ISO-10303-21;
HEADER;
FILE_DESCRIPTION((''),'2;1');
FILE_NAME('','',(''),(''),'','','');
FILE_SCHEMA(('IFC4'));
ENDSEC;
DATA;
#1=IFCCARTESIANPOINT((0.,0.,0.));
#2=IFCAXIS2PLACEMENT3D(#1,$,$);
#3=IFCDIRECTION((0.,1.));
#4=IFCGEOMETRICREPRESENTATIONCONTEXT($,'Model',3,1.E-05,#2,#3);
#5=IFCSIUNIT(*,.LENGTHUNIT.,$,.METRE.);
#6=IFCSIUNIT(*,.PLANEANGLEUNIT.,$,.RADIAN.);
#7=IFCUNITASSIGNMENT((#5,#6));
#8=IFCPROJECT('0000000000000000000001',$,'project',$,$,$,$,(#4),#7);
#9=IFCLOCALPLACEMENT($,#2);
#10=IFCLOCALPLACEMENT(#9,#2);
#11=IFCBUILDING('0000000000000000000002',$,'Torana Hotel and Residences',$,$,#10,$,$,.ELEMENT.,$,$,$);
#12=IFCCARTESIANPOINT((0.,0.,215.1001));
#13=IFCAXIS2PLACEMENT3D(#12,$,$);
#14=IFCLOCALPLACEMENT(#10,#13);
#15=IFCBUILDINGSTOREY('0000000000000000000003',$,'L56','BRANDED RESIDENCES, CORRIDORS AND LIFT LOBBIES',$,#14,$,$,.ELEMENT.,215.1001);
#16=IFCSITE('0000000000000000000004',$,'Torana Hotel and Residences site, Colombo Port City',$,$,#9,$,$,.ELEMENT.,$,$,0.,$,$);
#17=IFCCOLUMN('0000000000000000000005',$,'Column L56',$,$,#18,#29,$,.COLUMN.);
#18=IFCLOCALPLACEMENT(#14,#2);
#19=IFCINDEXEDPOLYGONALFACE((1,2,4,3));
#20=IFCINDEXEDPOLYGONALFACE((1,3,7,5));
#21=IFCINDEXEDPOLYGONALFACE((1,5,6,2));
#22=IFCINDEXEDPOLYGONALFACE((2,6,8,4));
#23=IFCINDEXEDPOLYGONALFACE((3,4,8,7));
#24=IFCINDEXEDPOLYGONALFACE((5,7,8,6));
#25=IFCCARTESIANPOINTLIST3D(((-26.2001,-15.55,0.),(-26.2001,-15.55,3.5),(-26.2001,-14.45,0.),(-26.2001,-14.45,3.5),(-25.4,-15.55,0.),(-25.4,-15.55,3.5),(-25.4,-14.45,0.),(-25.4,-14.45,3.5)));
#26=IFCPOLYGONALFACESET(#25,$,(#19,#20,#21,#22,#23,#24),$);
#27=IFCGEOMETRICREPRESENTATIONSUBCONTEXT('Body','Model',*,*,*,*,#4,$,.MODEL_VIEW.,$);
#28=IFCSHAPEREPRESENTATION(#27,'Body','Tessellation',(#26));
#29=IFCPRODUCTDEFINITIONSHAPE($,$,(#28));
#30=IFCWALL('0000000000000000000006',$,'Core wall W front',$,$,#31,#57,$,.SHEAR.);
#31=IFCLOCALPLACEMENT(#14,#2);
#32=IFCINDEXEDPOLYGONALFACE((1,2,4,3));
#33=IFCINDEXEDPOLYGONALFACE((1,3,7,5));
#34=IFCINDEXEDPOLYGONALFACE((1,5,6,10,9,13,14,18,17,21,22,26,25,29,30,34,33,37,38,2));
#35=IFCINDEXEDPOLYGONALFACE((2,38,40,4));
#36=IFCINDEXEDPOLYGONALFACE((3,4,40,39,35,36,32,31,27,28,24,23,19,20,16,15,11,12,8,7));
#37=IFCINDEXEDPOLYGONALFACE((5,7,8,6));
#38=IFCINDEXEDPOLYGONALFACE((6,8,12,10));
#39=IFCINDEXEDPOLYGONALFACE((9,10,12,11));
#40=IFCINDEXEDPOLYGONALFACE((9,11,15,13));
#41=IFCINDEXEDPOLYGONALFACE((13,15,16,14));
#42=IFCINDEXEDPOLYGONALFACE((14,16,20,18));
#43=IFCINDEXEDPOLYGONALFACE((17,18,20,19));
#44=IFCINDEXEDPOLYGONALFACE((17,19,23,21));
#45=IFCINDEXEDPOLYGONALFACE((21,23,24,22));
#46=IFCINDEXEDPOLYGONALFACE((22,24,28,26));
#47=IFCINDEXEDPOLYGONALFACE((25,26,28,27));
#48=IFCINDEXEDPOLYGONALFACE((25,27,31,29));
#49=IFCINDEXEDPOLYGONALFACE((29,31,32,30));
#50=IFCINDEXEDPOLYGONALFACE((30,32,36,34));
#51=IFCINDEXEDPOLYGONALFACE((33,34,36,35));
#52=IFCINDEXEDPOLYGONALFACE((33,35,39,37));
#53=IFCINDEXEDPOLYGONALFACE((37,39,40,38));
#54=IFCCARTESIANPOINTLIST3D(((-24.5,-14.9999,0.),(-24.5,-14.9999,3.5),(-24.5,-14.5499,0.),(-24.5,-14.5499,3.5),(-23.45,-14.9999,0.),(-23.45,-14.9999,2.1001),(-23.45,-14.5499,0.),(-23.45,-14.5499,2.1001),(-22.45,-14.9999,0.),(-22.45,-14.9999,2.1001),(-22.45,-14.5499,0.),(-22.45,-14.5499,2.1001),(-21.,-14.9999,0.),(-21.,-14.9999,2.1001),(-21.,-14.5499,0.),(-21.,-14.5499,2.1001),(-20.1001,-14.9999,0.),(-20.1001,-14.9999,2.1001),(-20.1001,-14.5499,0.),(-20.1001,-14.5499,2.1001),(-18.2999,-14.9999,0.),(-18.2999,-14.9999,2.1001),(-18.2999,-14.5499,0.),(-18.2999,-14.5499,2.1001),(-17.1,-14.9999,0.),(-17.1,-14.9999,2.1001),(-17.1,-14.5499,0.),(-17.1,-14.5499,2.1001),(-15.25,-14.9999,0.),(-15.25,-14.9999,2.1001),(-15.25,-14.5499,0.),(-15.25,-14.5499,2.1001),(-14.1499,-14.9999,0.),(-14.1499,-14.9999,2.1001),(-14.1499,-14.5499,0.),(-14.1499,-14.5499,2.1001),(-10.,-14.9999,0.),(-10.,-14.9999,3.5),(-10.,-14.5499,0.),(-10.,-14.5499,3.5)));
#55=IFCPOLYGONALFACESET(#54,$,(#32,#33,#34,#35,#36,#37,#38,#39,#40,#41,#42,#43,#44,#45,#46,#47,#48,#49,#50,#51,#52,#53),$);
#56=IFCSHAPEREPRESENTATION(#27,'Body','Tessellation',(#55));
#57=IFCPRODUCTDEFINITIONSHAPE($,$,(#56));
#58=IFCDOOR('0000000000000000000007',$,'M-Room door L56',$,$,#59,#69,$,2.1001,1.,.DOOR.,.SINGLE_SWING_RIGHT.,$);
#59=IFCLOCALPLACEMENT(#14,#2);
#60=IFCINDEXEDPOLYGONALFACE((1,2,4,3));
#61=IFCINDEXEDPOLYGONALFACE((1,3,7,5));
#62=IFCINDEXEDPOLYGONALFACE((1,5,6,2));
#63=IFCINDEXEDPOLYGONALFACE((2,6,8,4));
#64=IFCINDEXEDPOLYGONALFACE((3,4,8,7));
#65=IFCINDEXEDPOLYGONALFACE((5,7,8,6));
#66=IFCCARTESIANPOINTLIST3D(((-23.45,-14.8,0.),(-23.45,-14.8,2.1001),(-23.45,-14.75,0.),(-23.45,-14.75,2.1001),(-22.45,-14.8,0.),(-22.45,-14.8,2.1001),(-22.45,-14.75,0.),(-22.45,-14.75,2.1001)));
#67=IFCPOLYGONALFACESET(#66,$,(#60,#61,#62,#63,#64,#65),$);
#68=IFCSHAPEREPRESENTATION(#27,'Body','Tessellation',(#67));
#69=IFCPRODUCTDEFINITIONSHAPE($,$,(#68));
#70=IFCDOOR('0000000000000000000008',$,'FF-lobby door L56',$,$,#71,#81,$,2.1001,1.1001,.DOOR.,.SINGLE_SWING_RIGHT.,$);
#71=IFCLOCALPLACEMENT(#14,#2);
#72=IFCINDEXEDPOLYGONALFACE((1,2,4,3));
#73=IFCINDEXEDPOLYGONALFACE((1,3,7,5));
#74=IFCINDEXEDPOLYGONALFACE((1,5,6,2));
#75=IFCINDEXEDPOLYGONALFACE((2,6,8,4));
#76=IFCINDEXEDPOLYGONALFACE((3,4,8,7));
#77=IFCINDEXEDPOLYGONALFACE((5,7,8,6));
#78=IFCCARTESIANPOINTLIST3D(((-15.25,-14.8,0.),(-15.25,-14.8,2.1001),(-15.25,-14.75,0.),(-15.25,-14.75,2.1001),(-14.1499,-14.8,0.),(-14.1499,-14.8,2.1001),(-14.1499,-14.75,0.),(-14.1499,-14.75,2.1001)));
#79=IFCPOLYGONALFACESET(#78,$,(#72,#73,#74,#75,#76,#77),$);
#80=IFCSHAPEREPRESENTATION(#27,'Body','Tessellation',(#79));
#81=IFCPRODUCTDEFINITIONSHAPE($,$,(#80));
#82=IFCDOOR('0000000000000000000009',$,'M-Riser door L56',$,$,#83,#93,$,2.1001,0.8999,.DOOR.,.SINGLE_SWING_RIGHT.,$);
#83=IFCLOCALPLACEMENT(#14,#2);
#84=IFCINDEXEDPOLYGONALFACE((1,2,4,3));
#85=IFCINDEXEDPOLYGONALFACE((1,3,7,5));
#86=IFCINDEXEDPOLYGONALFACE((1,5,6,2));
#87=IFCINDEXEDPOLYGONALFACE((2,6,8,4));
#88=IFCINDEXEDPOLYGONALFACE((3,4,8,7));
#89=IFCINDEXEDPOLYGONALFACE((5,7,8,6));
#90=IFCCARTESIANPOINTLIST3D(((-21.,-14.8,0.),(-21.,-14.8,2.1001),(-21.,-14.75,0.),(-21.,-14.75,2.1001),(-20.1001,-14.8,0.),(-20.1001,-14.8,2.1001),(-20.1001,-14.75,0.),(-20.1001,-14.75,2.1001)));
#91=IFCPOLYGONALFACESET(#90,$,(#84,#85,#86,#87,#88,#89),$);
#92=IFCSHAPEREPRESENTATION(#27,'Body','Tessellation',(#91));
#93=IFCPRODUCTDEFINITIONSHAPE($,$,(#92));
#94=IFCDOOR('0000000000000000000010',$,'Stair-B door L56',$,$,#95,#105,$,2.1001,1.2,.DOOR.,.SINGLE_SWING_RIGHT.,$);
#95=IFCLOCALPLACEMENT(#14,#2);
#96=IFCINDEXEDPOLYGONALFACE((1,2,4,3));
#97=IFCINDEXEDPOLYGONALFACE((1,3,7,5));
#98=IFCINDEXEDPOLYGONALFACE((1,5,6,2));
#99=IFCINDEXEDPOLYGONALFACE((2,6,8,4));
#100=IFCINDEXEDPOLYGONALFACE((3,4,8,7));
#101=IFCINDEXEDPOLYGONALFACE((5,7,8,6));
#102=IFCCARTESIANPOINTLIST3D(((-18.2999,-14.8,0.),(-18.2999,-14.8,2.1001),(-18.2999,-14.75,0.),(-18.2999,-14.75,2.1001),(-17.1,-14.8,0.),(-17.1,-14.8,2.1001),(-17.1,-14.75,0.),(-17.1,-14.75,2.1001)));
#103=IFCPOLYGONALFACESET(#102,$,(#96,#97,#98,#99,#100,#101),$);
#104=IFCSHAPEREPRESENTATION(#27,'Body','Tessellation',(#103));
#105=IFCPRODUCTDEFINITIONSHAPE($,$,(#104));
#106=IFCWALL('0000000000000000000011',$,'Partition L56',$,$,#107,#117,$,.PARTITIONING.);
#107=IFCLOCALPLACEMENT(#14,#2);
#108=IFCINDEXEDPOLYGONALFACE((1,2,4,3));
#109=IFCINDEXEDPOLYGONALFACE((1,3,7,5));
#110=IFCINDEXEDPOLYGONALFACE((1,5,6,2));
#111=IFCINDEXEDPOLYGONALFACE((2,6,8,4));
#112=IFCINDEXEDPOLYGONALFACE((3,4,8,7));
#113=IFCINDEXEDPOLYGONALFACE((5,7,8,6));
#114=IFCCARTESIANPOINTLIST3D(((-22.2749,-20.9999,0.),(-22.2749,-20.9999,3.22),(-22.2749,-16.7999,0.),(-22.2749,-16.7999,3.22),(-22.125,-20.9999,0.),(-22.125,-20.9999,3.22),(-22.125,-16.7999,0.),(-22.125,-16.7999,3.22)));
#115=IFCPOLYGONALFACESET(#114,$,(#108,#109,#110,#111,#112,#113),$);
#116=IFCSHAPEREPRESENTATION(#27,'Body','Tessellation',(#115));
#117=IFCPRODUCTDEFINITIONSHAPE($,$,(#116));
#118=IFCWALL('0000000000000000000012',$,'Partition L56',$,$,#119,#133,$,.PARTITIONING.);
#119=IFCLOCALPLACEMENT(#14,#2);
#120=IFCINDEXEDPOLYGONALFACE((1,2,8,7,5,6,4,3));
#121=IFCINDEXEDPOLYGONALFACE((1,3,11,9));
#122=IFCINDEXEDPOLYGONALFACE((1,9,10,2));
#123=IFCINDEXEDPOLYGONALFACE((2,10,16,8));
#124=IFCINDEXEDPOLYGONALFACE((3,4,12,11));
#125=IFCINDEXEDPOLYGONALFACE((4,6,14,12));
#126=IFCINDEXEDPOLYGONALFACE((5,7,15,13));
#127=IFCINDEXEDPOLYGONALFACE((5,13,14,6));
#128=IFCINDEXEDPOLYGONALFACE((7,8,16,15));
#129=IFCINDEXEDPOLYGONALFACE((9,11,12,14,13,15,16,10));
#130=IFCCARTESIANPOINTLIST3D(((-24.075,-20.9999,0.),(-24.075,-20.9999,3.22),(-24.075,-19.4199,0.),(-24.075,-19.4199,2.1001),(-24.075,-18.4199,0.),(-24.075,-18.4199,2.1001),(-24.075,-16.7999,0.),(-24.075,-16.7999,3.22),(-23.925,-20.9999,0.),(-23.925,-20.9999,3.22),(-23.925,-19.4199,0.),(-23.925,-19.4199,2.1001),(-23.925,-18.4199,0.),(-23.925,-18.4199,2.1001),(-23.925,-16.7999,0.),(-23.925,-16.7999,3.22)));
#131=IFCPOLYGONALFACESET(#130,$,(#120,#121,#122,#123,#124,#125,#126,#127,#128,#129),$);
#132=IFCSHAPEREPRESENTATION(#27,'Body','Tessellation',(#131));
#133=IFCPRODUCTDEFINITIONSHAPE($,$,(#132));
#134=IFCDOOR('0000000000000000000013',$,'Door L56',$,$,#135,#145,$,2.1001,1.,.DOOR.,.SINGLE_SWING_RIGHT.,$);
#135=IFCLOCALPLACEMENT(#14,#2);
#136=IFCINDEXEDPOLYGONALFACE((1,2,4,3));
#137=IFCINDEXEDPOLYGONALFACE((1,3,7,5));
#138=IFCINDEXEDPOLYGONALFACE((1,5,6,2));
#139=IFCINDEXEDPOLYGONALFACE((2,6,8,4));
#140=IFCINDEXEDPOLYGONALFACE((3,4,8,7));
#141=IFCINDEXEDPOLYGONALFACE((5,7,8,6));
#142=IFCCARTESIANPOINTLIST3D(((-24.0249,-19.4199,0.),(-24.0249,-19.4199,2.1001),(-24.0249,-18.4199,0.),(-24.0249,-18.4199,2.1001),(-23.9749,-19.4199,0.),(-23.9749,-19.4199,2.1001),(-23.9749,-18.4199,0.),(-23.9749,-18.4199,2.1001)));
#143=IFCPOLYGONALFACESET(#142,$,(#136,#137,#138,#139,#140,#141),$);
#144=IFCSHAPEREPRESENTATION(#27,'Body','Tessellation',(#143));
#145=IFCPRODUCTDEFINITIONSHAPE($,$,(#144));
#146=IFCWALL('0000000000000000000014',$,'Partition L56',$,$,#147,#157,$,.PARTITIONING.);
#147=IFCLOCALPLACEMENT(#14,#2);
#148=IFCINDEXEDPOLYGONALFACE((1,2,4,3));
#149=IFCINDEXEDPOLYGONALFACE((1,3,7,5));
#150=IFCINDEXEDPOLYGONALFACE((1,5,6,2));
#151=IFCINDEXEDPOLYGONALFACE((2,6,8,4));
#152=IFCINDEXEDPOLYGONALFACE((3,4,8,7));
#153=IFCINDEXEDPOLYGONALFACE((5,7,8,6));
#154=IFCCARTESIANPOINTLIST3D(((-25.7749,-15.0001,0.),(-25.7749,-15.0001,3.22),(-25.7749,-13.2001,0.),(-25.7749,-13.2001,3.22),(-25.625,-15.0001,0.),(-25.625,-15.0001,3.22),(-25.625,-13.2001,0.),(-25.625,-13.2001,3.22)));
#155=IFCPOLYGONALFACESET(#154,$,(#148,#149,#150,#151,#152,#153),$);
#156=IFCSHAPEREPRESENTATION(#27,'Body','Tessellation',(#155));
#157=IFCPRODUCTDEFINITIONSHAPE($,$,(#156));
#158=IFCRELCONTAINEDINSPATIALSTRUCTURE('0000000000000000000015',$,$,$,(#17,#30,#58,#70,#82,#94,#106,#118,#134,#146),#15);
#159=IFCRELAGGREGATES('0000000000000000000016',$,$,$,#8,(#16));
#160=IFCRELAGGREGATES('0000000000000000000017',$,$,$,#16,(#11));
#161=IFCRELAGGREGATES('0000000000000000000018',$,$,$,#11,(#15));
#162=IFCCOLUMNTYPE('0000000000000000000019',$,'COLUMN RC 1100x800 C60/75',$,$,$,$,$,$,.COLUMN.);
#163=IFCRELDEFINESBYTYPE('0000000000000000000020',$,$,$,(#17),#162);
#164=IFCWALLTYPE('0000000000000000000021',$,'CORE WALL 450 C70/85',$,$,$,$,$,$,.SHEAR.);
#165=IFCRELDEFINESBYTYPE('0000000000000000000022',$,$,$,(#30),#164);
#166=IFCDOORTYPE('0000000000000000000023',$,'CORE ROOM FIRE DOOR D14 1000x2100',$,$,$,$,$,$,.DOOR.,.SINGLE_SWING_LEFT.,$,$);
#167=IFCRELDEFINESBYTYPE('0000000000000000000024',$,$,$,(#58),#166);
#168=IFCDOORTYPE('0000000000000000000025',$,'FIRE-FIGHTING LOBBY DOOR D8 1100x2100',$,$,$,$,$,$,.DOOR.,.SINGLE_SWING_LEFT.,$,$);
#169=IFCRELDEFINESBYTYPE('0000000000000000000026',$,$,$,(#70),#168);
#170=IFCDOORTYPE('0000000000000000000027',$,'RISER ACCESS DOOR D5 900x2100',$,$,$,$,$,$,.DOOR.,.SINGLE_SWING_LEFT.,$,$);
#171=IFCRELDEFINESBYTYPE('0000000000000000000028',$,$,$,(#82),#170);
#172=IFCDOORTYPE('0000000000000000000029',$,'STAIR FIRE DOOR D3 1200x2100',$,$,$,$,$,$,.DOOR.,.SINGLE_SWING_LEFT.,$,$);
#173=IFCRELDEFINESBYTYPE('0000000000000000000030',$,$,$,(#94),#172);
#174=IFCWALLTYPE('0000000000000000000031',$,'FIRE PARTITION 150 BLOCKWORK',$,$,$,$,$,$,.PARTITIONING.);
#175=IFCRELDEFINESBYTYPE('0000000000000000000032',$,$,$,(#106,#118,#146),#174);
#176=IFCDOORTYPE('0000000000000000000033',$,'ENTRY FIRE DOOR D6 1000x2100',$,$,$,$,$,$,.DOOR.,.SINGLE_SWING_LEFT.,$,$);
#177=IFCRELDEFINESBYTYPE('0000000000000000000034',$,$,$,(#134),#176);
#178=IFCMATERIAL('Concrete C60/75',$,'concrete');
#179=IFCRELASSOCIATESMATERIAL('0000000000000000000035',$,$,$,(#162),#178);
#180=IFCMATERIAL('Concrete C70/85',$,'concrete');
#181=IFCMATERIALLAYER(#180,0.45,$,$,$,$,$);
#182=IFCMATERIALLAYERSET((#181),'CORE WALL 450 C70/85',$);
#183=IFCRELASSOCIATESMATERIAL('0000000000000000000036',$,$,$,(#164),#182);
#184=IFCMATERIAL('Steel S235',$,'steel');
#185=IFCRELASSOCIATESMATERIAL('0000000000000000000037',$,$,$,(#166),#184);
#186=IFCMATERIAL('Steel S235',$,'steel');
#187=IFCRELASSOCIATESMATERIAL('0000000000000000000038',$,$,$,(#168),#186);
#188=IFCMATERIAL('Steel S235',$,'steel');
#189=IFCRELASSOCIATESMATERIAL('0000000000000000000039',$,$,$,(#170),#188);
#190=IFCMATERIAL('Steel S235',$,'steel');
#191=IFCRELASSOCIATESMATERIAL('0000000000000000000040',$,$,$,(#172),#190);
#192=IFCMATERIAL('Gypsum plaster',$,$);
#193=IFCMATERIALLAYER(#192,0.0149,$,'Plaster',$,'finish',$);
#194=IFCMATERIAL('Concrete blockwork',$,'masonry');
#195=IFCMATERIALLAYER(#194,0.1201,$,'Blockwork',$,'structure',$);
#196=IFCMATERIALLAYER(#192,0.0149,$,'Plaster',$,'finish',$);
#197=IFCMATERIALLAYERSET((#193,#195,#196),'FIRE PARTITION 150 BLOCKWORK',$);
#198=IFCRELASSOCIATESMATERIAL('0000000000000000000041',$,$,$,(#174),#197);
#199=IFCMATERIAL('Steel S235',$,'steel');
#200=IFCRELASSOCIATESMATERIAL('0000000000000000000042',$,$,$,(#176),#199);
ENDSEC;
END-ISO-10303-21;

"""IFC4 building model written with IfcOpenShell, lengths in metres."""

from ifc_helpers import new_model, si_unit, direction, frame, frame_2d, origin, origin_2d, place, context, subcontext, project, spatial, rectangle, extrude, material, layer, layer_set, material_profile, profile_set, type_object, element, fill, save


model = new_model("IFC4")

# Units and contexts
model_context = context("Model", 3, precision=1e-05, world=origin(), true_north=direction((0.0, 1.0)))
body_context = subcontext(model_context, "Body", "Model", "MODEL_VIEW")
ifc_project = project(units=[si_unit("LENGTHUNIT", "METRE"), si_unit("PLANEANGLEUNIT", "RADIAN")], contexts=[model_context])

# Site, building, storey
site_placement = place(None, origin())
site = spatial("IfcSite", under=ifc_project, at=site_placement, Name="Torana Hotel and Residences site, Colombo Port City", CompositionType="ELEMENT", RefElevation=0.0)
building_placement = place(site_placement, origin())
building = spatial("IfcBuilding", under=site, at=building_placement, Name="Torana Hotel and Residences", CompositionType="ELEMENT")
storey_placement = place(building_placement, frame((0.0, 0.0, 215.1001)))
storey = spatial("IfcBuildingStorey", under=building, at=storey_placement, Name="L56", Description="BRANDED RESIDENCES, CORRIDORS AND LIFT LOBBIES", CompositionType="ELEMENT", Elevation=215.1001)

# Column
ifc_material_1 = material(Name="Concrete C60/75", Category="concrete")
ifc_material_profile = material_profile(ifc_material_1, rectangle(XDim=1.1001, YDim=0.8, at=origin_2d()), Name="RC 1100x800")
ifc_profile_set = profile_set([ifc_material_profile], Name="Concrete C60/75")
column_type = type_object("IfcColumnType", Name="COLUMN RC 1100x800 C60/75", PredefinedType="COLUMN", material=ifc_profile_set)
column_placement = place(storey_placement, frame((-25.8, -15.0, 0.0), z_axis=(0.0, 0.0, 1.0), x_axis=(0.0, 1.0, 0.0)))
element("IfcColumn", 1, at=column_placement, inside=storey, type_object=column_type, Name="Column L56", PredefinedType="COLUMN", context=body_context, shape_type="SweptSolid", body=[
    extrude(rectangle(XDim=1.1001, YDim=0.8, at=origin_2d()), origin(), (0.0, 0.0, 1.0), 3.5),
])

# Wall, openings, doors
ifc_material_2 = material(Name="Concrete C70/85", Category="concrete")
ifc_layer_1 = layer(ifc_material_2, 0.45)
ifc_layer_set_1 = layer_set([ifc_layer_1], Name="CORE WALL 450 C70/85")
wall_type_1 = type_object("IfcWallType", Name="CORE WALL 450 C70/85", PredefinedType="SHEAR", material=ifc_layer_set_1)
wall_1_placement = place(storey_placement, frame((-24.5, -14.7749, 0.0), z_axis=(0.0, 0.0, 1.0), x_axis=(1.0, 0.0, 0.0)))
wall_1 = element("IfcWall", 2, at=wall_1_placement, inside=storey, type_object=wall_type_1, Name="Core wall W front", PredefinedType="SHEAR", context=body_context, shape_type="SweptSolid", body=[
    extrude(rectangle(XDim=14.5, YDim=0.45, at=frame_2d((7.25, 0.0))), origin(), (0.0, 0.0, 1.0), 3.5),
])
opening_1_placement = place(wall_1_placement, frame((6.2, 0.0, 0.0)))
opening_1 = element("IfcOpeningElement", 3, at=opening_1_placement, cuts=wall_1, PredefinedType="OPENING", context=body_context, shape_type="SweptSolid", body=[
    extrude(rectangle(XDim=1.2, YDim=2.1001, at=frame_2d((0.6001, 1.05))), frame((0.0, 0.2349, 0.0), z_axis=(0.0, -1.0, 0.0), x_axis=(1.0, 0.0, 0.0)), (0.0, 0.0, 1.0), 0.47),
])
opening_2_placement = place(wall_1_placement, frame((9.25, 0.0, 0.0)))
opening_2 = element("IfcOpeningElement", 4, at=opening_2_placement, cuts=wall_1, PredefinedType="OPENING", context=body_context, shape_type="SweptSolid", body=[
    extrude(rectangle(XDim=1.1001, YDim=2.1001, at=frame_2d((0.55, 1.05))), frame((0.0, 0.2349, 0.0), z_axis=(0.0, -1.0, 0.0), x_axis=(1.0, 0.0, 0.0)), (0.0, 0.0, 1.0), 0.47),
])
opening_3_placement = place(wall_1_placement, frame((3.5, 0.0, 0.0)))
opening_3 = element("IfcOpeningElement", 5, at=opening_3_placement, cuts=wall_1, PredefinedType="OPENING", context=body_context, shape_type="SweptSolid", body=[
    extrude(rectangle(XDim=0.8999, YDim=2.1001, at=frame_2d((0.45, 1.05))), frame((0.0, 0.2349, 0.0), z_axis=(0.0, -1.0, 0.0), x_axis=(1.0, 0.0, 0.0)), (0.0, 0.0, 1.0), 0.47),
])
opening_4_placement = place(wall_1_placement, frame((1.05, 0.0, 0.0)))
opening_4 = element("IfcOpeningElement", 6, at=opening_4_placement, cuts=wall_1, PredefinedType="OPENING", context=body_context, shape_type="SweptSolid", body=[
    extrude(rectangle(XDim=1.0, YDim=2.1001, at=frame_2d((0.5, 1.05))), frame((0.0, 0.2349, 0.0), z_axis=(0.0, -1.0, 0.0), x_axis=(1.0, 0.0, 0.0)), (0.0, 0.0, 1.0), 0.47),
])
ifc_material_3 = material(Name="Steel S235", Category="steel")
door_type_1 = type_object("IfcDoorType", Name="CORE ROOM FIRE DOOR D14 1000x2100", OperationType="SINGLE_SWING_LEFT", PredefinedType="DOOR", material=ifc_material_3)
door_1_placement = place(opening_4_placement, origin())
door_1 = element("IfcDoor", 7, at=door_1_placement, inside=storey, type_object=door_type_1, Name="M-Room door L56", OperationType="SINGLE_SWING_RIGHT", OverallHeight=2.1001, OverallWidth=1.0, PredefinedType="DOOR", context=body_context, shape_type="SweptSolid", body=[
    extrude(rectangle(XDim=1.0, YDim=2.1001, at=frame_2d((0.5, 1.05))), frame((0.0, 0.0249, 0.0), z_axis=(0.0, -1.0, 0.0), x_axis=(1.0, 0.0, 0.0)), (0.0, 0.0, 1.0), 0.05),
])
fill(opening_4, door_1)
ifc_material_4 = material(Name="Steel S235", Category="steel")
door_type_2 = type_object("IfcDoorType", Name="FIRE-FIGHTING LOBBY DOOR D8 1100x2100", OperationType="SINGLE_SWING_LEFT", PredefinedType="DOOR", material=ifc_material_4)
door_2_placement = place(opening_2_placement, origin())
door_2 = element("IfcDoor", 8, at=door_2_placement, inside=storey, type_object=door_type_2, Name="FF-lobby door L56", OperationType="SINGLE_SWING_RIGHT", OverallHeight=2.1001, OverallWidth=1.1001, PredefinedType="DOOR", context=body_context, shape_type="SweptSolid", body=[
    extrude(rectangle(XDim=1.1001, YDim=2.1001, at=frame_2d((0.55, 1.05))), frame((0.0, 0.0249, 0.0), z_axis=(0.0, -1.0, 0.0), x_axis=(1.0, 0.0, 0.0)), (0.0, 0.0, 1.0), 0.05),
])
fill(opening_2, door_2)
ifc_material_5 = material(Name="Steel S235", Category="steel")
door_type_3 = type_object("IfcDoorType", Name="RISER ACCESS DOOR D5 900x2100", OperationType="SINGLE_SWING_LEFT", PredefinedType="DOOR", material=ifc_material_5)
door_3_placement = place(opening_3_placement, origin())
door_3 = element("IfcDoor", 9, at=door_3_placement, inside=storey, type_object=door_type_3, Name="M-Riser door L56", OperationType="SINGLE_SWING_RIGHT", OverallHeight=2.1001, OverallWidth=0.8999, PredefinedType="DOOR", context=body_context, shape_type="SweptSolid", body=[
    extrude(rectangle(XDim=0.8999, YDim=2.1001, at=frame_2d((0.45, 1.05))), frame((0.0, 0.0249, 0.0), z_axis=(0.0, -1.0, 0.0), x_axis=(1.0, 0.0, 0.0)), (0.0, 0.0, 1.0), 0.05),
])
fill(opening_3, door_3)
ifc_material_6 = material(Name="Steel S235", Category="steel")
door_type_4 = type_object("IfcDoorType", Name="STAIR FIRE DOOR D3 1200x2100", OperationType="SINGLE_SWING_LEFT", PredefinedType="DOOR", material=ifc_material_6)
door_4_placement = place(opening_1_placement, origin())
door_4 = element("IfcDoor", 10, at=door_4_placement, inside=storey, type_object=door_type_4, Name="Stair-B door L56", OperationType="SINGLE_SWING_RIGHT", OverallHeight=2.1001, OverallWidth=1.2, PredefinedType="DOOR", context=body_context, shape_type="SweptSolid", body=[
    extrude(rectangle(XDim=1.2, YDim=2.1001, at=frame_2d((0.6001, 1.05))), frame((0.0, 0.0249, 0.0), z_axis=(0.0, -1.0, 0.0), x_axis=(1.0, 0.0, 0.0)), (0.0, 0.0, 1.0), 0.05),
])
fill(opening_1, door_4)

# Wall
ifc_material_7 = material(Name="Gypsum plaster")
ifc_layer_2 = layer(ifc_material_7, 0.0149, Name="Plaster", Category="finish")
ifc_material_8 = material(Name="Concrete blockwork", Category="masonry")
ifc_layer_3 = layer(ifc_material_8, 0.1201, Name="Blockwork", Category="structure")
ifc_layer_4 = layer(ifc_material_7, 0.0149, Name="Plaster", Category="finish")
ifc_layer_set_2 = layer_set([ifc_layer_2, ifc_layer_3, ifc_layer_4], Name="FIRE PARTITION 150 BLOCKWORK")
wall_type_2 = type_object("IfcWallType", Name="FIRE PARTITION 150 BLOCKWORK", PredefinedType="PARTITIONING", material=ifc_layer_set_2)
wall_2_placement = place(storey_placement, frame((-22.2, -21.0, 0.0), z_axis=(0.0, 0.0, 1.0), x_axis=(0.0, 1.0, 0.0)))
element("IfcWall", 11, at=wall_2_placement, inside=storey, type_object=wall_type_2, Name="Partition L56", PredefinedType="PARTITIONING", context=body_context, shape_type="SweptSolid", body=[
    extrude(rectangle(XDim=4.2, YDim=0.1499, at=frame_2d((2.1001, 0.0))), origin(), (0.0, 0.0, 1.0), 3.22),
])

# Wall, opening, door
wall_3_placement = place(storey_placement, frame((-24.0, -21.0, 0.0), z_axis=(0.0, 0.0, 1.0), x_axis=(0.0, 1.0, 0.0)))
wall_3 = element("IfcWall", 12, at=wall_3_placement, inside=storey, type_object=wall_type_2, Name="Partition L56", PredefinedType="PARTITIONING", context=body_context, shape_type="SweptSolid", body=[
    extrude(rectangle(XDim=4.2, YDim=0.1499, at=frame_2d((2.1001, 0.0))), origin(), (0.0, 0.0, 1.0), 3.22),
])
opening_5_placement = place(wall_3_placement, frame((1.5801, 0.0, 0.0)))
opening_5 = element("IfcOpeningElement", 13, at=opening_5_placement, cuts=wall_3, PredefinedType="OPENING", context=body_context, shape_type="SweptSolid", body=[
    extrude(rectangle(XDim=1.0, YDim=2.1001, at=frame_2d((0.5, 1.05))), frame((0.0, 0.085, 0.0), z_axis=(0.0, -1.0, 0.0), x_axis=(1.0, 0.0, 0.0)), (0.0, 0.0, 1.0), 0.1699),
])
ifc_material_9 = material(Name="Steel S235", Category="steel")
door_type_5 = type_object("IfcDoorType", Name="ENTRY FIRE DOOR D6 1000x2100", OperationType="SINGLE_SWING_LEFT", PredefinedType="DOOR", material=ifc_material_9)
door_5_placement = place(opening_5_placement, origin())
door_5 = element("IfcDoor", 14, at=door_5_placement, inside=storey, type_object=door_type_5, Name="Door L56", OperationType="SINGLE_SWING_RIGHT", OverallHeight=2.1001, OverallWidth=1.0, PredefinedType="DOOR", context=body_context, shape_type="SweptSolid", body=[
    extrude(rectangle(XDim=1.0, YDim=2.1001, at=frame_2d((0.5, 1.05))), frame((0.0, 0.0249, 0.0), z_axis=(0.0, -1.0, 0.0), x_axis=(1.0, 0.0, 0.0)), (0.0, 0.0, 1.0), 0.05),
])
fill(opening_5, door_5)

# Wall
wall_4_placement = place(storey_placement, frame((-25.7, -15.0, 0.0), z_axis=(0.0, 0.0, 1.0), x_axis=(0.0, 1.0, 0.0)))
element("IfcWall", 15, at=wall_4_placement, inside=storey, type_object=wall_type_2, Name="Partition L56", PredefinedType="PARTITIONING", context=body_context, shape_type="SweptSolid", body=[
    extrude(rectangle(XDim=1.8, YDim=0.1499, at=frame_2d((0.8999, 0.0))), origin(), (0.0, 0.0, 1.0), 3.22),
])

save(model, "model.ifc")
